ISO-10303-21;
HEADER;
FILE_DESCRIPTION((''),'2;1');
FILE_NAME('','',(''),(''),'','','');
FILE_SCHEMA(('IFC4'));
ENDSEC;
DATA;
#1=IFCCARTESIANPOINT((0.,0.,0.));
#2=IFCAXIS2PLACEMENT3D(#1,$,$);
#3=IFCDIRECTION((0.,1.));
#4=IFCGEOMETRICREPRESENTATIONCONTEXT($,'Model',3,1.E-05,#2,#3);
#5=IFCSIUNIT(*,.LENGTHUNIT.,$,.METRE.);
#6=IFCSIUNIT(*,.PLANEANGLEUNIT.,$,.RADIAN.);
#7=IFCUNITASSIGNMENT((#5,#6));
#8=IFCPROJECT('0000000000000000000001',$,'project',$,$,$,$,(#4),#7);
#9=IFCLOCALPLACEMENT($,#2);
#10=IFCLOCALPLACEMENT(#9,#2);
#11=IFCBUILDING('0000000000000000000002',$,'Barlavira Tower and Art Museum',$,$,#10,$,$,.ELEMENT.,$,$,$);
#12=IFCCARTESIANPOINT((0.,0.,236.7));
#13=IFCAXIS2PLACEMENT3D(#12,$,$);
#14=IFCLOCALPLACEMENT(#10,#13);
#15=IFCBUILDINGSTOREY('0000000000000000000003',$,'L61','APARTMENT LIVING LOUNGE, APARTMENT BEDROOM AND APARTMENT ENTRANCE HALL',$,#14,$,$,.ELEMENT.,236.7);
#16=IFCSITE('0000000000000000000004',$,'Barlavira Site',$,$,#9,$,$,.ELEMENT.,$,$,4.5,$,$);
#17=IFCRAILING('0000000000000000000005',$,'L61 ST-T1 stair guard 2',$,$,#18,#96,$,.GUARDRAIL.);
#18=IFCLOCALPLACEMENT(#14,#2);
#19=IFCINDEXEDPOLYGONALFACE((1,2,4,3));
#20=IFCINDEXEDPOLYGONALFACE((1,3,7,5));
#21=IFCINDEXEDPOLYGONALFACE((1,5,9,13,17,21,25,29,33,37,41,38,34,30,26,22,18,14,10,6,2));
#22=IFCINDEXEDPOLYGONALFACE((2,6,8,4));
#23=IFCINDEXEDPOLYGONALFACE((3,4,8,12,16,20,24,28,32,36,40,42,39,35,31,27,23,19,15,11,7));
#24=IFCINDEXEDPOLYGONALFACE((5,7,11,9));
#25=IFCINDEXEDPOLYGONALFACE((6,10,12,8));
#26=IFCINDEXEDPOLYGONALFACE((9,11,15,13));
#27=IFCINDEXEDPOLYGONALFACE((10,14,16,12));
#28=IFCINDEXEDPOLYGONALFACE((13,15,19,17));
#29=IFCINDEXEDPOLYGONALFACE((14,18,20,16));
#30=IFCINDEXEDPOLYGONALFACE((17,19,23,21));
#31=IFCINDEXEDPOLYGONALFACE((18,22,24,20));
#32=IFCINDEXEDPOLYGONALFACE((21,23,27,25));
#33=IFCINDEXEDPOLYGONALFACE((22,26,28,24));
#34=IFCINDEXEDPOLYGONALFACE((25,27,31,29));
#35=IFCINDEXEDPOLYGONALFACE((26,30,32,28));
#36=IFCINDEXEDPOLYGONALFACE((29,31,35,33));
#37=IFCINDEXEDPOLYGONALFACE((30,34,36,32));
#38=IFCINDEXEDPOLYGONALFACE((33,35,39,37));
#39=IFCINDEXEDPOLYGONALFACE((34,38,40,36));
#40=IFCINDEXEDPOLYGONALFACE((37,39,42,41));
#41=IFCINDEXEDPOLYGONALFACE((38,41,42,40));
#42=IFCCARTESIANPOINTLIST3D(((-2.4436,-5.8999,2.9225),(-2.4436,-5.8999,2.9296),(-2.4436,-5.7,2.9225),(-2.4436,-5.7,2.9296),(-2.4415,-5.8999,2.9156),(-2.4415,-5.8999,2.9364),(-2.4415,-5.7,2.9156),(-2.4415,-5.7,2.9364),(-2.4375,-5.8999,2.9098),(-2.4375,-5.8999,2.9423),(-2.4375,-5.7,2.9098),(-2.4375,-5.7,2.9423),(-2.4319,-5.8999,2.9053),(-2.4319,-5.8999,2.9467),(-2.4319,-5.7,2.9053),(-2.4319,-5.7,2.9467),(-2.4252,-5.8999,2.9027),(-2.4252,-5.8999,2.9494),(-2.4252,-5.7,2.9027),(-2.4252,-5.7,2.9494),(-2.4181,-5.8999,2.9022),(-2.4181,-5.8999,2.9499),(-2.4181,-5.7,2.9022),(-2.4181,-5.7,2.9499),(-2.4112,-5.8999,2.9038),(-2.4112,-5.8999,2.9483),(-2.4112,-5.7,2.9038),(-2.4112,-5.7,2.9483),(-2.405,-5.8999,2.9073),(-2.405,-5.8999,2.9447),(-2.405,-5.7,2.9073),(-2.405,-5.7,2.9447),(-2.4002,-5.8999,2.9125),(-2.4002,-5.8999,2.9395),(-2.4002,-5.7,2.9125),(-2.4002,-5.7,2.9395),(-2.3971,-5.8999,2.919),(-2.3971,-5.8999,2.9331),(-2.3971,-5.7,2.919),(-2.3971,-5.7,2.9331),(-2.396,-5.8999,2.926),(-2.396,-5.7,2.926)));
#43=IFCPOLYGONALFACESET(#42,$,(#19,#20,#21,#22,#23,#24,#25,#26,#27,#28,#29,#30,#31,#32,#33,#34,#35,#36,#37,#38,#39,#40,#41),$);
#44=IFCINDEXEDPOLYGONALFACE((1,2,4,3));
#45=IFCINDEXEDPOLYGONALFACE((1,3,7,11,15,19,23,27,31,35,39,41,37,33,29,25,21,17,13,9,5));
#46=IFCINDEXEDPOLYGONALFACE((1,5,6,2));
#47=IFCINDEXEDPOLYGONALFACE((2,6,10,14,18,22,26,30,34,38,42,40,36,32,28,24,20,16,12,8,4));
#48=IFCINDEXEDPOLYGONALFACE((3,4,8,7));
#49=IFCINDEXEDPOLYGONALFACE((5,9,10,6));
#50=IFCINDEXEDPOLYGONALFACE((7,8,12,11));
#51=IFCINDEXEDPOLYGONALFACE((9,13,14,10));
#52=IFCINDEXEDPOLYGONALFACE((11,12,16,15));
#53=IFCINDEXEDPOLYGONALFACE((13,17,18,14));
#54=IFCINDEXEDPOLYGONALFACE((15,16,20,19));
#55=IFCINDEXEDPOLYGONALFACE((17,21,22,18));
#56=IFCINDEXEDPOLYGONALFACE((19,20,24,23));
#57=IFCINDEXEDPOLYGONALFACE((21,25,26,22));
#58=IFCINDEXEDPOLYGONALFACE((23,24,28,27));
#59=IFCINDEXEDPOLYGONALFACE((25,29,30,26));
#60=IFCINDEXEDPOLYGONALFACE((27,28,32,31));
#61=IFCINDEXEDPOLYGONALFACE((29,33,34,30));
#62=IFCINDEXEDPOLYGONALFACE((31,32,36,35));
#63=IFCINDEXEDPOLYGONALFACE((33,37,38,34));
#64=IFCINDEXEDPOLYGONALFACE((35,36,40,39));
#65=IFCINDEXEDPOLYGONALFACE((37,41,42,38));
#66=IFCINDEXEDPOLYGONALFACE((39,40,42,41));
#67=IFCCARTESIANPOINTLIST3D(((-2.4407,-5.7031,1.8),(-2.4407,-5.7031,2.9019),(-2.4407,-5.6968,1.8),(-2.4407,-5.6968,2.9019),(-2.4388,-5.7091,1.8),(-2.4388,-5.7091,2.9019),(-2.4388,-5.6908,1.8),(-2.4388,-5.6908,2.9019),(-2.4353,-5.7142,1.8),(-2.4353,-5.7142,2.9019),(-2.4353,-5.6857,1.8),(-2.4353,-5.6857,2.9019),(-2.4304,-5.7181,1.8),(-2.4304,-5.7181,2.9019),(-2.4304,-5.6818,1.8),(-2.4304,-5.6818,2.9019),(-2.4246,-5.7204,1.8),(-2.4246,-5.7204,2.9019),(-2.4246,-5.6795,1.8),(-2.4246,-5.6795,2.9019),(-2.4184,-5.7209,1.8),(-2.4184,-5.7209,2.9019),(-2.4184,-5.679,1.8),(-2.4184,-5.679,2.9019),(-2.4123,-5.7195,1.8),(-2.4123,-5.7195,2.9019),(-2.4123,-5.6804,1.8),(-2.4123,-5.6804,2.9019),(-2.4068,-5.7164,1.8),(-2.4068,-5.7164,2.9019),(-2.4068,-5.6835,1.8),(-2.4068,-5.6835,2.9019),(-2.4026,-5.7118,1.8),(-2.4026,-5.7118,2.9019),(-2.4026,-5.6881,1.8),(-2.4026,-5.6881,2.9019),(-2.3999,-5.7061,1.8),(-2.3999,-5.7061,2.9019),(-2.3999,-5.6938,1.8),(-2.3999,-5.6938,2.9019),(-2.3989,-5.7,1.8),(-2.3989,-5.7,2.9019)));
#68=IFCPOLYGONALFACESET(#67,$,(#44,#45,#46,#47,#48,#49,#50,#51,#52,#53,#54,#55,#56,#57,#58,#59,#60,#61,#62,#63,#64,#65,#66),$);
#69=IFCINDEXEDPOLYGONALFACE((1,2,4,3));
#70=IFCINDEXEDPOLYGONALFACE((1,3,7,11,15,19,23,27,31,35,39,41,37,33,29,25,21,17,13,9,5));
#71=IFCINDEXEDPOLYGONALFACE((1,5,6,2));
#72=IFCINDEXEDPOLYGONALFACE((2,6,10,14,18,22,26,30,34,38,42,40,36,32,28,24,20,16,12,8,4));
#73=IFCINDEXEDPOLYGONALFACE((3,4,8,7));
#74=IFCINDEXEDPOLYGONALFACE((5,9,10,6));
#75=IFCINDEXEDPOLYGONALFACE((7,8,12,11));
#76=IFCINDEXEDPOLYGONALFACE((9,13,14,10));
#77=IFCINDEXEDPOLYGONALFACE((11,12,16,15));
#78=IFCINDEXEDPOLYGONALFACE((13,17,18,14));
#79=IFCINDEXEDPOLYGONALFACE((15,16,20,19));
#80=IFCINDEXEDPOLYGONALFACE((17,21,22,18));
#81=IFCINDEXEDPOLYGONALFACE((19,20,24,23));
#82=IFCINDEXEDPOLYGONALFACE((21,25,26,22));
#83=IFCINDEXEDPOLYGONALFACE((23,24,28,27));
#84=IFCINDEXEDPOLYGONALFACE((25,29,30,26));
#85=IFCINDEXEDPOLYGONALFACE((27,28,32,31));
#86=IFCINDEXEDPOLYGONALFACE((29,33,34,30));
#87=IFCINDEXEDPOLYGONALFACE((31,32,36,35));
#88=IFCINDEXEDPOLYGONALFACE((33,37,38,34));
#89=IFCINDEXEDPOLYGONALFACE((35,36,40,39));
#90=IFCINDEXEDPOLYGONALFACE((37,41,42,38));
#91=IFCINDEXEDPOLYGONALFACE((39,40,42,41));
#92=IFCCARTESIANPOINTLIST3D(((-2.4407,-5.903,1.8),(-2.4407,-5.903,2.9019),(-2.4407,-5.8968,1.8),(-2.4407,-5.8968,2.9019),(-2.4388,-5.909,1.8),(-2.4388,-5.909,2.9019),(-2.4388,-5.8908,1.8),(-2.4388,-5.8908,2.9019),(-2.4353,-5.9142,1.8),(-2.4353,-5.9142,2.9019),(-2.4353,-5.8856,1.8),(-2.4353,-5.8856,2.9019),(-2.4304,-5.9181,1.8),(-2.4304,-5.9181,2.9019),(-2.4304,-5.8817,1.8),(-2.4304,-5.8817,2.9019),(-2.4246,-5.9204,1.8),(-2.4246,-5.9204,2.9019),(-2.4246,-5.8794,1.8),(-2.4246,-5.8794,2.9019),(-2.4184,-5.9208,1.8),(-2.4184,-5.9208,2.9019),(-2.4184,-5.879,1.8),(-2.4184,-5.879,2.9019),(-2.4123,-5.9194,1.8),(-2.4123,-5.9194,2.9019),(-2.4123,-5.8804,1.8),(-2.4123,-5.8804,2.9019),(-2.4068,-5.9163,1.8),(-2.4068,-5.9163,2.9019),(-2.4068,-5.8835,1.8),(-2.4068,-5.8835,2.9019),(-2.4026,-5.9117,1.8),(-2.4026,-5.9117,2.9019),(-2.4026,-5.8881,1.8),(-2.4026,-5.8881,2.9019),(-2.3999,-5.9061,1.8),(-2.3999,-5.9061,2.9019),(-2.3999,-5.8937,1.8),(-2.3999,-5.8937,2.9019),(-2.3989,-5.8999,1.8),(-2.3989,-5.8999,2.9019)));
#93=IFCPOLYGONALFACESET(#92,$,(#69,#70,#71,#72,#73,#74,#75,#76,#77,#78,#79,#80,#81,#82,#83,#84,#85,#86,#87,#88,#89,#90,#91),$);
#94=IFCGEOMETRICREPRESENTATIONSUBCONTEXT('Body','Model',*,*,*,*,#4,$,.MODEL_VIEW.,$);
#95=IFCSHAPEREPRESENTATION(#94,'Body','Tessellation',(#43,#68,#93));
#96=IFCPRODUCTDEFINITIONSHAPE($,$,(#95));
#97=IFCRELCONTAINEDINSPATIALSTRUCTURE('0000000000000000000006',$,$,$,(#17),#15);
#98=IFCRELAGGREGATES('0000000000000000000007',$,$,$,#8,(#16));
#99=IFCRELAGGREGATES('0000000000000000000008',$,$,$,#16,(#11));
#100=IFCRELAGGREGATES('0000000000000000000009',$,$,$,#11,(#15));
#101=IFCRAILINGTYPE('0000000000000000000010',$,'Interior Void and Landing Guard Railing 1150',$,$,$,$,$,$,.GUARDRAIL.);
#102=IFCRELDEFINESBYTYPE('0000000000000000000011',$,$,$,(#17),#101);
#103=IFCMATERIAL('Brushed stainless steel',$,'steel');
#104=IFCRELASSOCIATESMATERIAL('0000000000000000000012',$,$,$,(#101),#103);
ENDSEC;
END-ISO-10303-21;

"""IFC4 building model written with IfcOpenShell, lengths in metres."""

from ifc_helpers import new_model, si_unit, direction, frame, origin, origin_2d, place, context, subcontext, project, spatial, circle, extrude, material, type_object, element, save


model = new_model("IFC4")

# Units and contexts
model_context = context("Model", 3, precision=1e-05, world=origin(), true_north=direction((0.0, 1.0)))
body_context = subcontext(model_context, "Body", "Model", "MODEL_VIEW")
ifc_project = project(units=[si_unit("LENGTHUNIT", "METRE"), si_unit("PLANEANGLEUNIT", "RADIAN")], contexts=[model_context])

# Site, building, storey
site_placement = place(None, origin())
site = spatial("IfcSite", under=ifc_project, at=site_placement, Name="Barlavira Site", CompositionType="ELEMENT", RefElevation=4.5)
building_placement = place(site_placement, origin())
building = spatial("IfcBuilding", under=site, at=building_placement, Name="Barlavira Tower and Art Museum", CompositionType="ELEMENT")
storey_placement = place(building_placement, frame((0.0, 0.0, 236.7)))
storey = spatial("IfcBuildingStorey", under=building, at=storey_placement, Name="L61", Description="APARTMENT LIVING LOUNGE, APARTMENT BEDROOM AND APARTMENT ENTRANCE HALL", CompositionType="ELEMENT", Elevation=236.7)

# Shared definitions
ifc_material_1 = material(Name="Brushed stainless steel", Category="steel")

# Railing
railing_type_1 = type_object("IfcRailingType", Name="Interior Void and Landing Guard Railing 1150", PredefinedType="GUARDRAIL", material=ifc_material_1)
railing_1_placement = place(storey_placement, frame((-2.4199, -5.7, 1.8)))
element("IfcRailing", 1, at=railing_1_placement, inside=storey, type_object=railing_type_1, Name="L61 ST-T1 stair guard 2", PredefinedType="GUARDRAIL", context=body_context, shape_type="SweptSolid", body=[
    extrude(circle(Radius=0.0239, at=origin_2d()), frame((0.0, 0.0, 1.126), z_axis=(0.0, -1.0, 0.0), x_axis=(1.0, 0.0, 0.0)), (0.0, 0.0, 1.0), 0.2),
    extrude(circle(Radius=0.021, at=origin_2d()), origin(), (0.0, 0.0, 1.0), 1.1018),
    extrude(circle(Radius=0.021, at=origin_2d()), frame((0.0, -0.2, 0.0)), (0.0, 0.0, 1.0), 1.1018),
])

save(model, "model.ifc")
